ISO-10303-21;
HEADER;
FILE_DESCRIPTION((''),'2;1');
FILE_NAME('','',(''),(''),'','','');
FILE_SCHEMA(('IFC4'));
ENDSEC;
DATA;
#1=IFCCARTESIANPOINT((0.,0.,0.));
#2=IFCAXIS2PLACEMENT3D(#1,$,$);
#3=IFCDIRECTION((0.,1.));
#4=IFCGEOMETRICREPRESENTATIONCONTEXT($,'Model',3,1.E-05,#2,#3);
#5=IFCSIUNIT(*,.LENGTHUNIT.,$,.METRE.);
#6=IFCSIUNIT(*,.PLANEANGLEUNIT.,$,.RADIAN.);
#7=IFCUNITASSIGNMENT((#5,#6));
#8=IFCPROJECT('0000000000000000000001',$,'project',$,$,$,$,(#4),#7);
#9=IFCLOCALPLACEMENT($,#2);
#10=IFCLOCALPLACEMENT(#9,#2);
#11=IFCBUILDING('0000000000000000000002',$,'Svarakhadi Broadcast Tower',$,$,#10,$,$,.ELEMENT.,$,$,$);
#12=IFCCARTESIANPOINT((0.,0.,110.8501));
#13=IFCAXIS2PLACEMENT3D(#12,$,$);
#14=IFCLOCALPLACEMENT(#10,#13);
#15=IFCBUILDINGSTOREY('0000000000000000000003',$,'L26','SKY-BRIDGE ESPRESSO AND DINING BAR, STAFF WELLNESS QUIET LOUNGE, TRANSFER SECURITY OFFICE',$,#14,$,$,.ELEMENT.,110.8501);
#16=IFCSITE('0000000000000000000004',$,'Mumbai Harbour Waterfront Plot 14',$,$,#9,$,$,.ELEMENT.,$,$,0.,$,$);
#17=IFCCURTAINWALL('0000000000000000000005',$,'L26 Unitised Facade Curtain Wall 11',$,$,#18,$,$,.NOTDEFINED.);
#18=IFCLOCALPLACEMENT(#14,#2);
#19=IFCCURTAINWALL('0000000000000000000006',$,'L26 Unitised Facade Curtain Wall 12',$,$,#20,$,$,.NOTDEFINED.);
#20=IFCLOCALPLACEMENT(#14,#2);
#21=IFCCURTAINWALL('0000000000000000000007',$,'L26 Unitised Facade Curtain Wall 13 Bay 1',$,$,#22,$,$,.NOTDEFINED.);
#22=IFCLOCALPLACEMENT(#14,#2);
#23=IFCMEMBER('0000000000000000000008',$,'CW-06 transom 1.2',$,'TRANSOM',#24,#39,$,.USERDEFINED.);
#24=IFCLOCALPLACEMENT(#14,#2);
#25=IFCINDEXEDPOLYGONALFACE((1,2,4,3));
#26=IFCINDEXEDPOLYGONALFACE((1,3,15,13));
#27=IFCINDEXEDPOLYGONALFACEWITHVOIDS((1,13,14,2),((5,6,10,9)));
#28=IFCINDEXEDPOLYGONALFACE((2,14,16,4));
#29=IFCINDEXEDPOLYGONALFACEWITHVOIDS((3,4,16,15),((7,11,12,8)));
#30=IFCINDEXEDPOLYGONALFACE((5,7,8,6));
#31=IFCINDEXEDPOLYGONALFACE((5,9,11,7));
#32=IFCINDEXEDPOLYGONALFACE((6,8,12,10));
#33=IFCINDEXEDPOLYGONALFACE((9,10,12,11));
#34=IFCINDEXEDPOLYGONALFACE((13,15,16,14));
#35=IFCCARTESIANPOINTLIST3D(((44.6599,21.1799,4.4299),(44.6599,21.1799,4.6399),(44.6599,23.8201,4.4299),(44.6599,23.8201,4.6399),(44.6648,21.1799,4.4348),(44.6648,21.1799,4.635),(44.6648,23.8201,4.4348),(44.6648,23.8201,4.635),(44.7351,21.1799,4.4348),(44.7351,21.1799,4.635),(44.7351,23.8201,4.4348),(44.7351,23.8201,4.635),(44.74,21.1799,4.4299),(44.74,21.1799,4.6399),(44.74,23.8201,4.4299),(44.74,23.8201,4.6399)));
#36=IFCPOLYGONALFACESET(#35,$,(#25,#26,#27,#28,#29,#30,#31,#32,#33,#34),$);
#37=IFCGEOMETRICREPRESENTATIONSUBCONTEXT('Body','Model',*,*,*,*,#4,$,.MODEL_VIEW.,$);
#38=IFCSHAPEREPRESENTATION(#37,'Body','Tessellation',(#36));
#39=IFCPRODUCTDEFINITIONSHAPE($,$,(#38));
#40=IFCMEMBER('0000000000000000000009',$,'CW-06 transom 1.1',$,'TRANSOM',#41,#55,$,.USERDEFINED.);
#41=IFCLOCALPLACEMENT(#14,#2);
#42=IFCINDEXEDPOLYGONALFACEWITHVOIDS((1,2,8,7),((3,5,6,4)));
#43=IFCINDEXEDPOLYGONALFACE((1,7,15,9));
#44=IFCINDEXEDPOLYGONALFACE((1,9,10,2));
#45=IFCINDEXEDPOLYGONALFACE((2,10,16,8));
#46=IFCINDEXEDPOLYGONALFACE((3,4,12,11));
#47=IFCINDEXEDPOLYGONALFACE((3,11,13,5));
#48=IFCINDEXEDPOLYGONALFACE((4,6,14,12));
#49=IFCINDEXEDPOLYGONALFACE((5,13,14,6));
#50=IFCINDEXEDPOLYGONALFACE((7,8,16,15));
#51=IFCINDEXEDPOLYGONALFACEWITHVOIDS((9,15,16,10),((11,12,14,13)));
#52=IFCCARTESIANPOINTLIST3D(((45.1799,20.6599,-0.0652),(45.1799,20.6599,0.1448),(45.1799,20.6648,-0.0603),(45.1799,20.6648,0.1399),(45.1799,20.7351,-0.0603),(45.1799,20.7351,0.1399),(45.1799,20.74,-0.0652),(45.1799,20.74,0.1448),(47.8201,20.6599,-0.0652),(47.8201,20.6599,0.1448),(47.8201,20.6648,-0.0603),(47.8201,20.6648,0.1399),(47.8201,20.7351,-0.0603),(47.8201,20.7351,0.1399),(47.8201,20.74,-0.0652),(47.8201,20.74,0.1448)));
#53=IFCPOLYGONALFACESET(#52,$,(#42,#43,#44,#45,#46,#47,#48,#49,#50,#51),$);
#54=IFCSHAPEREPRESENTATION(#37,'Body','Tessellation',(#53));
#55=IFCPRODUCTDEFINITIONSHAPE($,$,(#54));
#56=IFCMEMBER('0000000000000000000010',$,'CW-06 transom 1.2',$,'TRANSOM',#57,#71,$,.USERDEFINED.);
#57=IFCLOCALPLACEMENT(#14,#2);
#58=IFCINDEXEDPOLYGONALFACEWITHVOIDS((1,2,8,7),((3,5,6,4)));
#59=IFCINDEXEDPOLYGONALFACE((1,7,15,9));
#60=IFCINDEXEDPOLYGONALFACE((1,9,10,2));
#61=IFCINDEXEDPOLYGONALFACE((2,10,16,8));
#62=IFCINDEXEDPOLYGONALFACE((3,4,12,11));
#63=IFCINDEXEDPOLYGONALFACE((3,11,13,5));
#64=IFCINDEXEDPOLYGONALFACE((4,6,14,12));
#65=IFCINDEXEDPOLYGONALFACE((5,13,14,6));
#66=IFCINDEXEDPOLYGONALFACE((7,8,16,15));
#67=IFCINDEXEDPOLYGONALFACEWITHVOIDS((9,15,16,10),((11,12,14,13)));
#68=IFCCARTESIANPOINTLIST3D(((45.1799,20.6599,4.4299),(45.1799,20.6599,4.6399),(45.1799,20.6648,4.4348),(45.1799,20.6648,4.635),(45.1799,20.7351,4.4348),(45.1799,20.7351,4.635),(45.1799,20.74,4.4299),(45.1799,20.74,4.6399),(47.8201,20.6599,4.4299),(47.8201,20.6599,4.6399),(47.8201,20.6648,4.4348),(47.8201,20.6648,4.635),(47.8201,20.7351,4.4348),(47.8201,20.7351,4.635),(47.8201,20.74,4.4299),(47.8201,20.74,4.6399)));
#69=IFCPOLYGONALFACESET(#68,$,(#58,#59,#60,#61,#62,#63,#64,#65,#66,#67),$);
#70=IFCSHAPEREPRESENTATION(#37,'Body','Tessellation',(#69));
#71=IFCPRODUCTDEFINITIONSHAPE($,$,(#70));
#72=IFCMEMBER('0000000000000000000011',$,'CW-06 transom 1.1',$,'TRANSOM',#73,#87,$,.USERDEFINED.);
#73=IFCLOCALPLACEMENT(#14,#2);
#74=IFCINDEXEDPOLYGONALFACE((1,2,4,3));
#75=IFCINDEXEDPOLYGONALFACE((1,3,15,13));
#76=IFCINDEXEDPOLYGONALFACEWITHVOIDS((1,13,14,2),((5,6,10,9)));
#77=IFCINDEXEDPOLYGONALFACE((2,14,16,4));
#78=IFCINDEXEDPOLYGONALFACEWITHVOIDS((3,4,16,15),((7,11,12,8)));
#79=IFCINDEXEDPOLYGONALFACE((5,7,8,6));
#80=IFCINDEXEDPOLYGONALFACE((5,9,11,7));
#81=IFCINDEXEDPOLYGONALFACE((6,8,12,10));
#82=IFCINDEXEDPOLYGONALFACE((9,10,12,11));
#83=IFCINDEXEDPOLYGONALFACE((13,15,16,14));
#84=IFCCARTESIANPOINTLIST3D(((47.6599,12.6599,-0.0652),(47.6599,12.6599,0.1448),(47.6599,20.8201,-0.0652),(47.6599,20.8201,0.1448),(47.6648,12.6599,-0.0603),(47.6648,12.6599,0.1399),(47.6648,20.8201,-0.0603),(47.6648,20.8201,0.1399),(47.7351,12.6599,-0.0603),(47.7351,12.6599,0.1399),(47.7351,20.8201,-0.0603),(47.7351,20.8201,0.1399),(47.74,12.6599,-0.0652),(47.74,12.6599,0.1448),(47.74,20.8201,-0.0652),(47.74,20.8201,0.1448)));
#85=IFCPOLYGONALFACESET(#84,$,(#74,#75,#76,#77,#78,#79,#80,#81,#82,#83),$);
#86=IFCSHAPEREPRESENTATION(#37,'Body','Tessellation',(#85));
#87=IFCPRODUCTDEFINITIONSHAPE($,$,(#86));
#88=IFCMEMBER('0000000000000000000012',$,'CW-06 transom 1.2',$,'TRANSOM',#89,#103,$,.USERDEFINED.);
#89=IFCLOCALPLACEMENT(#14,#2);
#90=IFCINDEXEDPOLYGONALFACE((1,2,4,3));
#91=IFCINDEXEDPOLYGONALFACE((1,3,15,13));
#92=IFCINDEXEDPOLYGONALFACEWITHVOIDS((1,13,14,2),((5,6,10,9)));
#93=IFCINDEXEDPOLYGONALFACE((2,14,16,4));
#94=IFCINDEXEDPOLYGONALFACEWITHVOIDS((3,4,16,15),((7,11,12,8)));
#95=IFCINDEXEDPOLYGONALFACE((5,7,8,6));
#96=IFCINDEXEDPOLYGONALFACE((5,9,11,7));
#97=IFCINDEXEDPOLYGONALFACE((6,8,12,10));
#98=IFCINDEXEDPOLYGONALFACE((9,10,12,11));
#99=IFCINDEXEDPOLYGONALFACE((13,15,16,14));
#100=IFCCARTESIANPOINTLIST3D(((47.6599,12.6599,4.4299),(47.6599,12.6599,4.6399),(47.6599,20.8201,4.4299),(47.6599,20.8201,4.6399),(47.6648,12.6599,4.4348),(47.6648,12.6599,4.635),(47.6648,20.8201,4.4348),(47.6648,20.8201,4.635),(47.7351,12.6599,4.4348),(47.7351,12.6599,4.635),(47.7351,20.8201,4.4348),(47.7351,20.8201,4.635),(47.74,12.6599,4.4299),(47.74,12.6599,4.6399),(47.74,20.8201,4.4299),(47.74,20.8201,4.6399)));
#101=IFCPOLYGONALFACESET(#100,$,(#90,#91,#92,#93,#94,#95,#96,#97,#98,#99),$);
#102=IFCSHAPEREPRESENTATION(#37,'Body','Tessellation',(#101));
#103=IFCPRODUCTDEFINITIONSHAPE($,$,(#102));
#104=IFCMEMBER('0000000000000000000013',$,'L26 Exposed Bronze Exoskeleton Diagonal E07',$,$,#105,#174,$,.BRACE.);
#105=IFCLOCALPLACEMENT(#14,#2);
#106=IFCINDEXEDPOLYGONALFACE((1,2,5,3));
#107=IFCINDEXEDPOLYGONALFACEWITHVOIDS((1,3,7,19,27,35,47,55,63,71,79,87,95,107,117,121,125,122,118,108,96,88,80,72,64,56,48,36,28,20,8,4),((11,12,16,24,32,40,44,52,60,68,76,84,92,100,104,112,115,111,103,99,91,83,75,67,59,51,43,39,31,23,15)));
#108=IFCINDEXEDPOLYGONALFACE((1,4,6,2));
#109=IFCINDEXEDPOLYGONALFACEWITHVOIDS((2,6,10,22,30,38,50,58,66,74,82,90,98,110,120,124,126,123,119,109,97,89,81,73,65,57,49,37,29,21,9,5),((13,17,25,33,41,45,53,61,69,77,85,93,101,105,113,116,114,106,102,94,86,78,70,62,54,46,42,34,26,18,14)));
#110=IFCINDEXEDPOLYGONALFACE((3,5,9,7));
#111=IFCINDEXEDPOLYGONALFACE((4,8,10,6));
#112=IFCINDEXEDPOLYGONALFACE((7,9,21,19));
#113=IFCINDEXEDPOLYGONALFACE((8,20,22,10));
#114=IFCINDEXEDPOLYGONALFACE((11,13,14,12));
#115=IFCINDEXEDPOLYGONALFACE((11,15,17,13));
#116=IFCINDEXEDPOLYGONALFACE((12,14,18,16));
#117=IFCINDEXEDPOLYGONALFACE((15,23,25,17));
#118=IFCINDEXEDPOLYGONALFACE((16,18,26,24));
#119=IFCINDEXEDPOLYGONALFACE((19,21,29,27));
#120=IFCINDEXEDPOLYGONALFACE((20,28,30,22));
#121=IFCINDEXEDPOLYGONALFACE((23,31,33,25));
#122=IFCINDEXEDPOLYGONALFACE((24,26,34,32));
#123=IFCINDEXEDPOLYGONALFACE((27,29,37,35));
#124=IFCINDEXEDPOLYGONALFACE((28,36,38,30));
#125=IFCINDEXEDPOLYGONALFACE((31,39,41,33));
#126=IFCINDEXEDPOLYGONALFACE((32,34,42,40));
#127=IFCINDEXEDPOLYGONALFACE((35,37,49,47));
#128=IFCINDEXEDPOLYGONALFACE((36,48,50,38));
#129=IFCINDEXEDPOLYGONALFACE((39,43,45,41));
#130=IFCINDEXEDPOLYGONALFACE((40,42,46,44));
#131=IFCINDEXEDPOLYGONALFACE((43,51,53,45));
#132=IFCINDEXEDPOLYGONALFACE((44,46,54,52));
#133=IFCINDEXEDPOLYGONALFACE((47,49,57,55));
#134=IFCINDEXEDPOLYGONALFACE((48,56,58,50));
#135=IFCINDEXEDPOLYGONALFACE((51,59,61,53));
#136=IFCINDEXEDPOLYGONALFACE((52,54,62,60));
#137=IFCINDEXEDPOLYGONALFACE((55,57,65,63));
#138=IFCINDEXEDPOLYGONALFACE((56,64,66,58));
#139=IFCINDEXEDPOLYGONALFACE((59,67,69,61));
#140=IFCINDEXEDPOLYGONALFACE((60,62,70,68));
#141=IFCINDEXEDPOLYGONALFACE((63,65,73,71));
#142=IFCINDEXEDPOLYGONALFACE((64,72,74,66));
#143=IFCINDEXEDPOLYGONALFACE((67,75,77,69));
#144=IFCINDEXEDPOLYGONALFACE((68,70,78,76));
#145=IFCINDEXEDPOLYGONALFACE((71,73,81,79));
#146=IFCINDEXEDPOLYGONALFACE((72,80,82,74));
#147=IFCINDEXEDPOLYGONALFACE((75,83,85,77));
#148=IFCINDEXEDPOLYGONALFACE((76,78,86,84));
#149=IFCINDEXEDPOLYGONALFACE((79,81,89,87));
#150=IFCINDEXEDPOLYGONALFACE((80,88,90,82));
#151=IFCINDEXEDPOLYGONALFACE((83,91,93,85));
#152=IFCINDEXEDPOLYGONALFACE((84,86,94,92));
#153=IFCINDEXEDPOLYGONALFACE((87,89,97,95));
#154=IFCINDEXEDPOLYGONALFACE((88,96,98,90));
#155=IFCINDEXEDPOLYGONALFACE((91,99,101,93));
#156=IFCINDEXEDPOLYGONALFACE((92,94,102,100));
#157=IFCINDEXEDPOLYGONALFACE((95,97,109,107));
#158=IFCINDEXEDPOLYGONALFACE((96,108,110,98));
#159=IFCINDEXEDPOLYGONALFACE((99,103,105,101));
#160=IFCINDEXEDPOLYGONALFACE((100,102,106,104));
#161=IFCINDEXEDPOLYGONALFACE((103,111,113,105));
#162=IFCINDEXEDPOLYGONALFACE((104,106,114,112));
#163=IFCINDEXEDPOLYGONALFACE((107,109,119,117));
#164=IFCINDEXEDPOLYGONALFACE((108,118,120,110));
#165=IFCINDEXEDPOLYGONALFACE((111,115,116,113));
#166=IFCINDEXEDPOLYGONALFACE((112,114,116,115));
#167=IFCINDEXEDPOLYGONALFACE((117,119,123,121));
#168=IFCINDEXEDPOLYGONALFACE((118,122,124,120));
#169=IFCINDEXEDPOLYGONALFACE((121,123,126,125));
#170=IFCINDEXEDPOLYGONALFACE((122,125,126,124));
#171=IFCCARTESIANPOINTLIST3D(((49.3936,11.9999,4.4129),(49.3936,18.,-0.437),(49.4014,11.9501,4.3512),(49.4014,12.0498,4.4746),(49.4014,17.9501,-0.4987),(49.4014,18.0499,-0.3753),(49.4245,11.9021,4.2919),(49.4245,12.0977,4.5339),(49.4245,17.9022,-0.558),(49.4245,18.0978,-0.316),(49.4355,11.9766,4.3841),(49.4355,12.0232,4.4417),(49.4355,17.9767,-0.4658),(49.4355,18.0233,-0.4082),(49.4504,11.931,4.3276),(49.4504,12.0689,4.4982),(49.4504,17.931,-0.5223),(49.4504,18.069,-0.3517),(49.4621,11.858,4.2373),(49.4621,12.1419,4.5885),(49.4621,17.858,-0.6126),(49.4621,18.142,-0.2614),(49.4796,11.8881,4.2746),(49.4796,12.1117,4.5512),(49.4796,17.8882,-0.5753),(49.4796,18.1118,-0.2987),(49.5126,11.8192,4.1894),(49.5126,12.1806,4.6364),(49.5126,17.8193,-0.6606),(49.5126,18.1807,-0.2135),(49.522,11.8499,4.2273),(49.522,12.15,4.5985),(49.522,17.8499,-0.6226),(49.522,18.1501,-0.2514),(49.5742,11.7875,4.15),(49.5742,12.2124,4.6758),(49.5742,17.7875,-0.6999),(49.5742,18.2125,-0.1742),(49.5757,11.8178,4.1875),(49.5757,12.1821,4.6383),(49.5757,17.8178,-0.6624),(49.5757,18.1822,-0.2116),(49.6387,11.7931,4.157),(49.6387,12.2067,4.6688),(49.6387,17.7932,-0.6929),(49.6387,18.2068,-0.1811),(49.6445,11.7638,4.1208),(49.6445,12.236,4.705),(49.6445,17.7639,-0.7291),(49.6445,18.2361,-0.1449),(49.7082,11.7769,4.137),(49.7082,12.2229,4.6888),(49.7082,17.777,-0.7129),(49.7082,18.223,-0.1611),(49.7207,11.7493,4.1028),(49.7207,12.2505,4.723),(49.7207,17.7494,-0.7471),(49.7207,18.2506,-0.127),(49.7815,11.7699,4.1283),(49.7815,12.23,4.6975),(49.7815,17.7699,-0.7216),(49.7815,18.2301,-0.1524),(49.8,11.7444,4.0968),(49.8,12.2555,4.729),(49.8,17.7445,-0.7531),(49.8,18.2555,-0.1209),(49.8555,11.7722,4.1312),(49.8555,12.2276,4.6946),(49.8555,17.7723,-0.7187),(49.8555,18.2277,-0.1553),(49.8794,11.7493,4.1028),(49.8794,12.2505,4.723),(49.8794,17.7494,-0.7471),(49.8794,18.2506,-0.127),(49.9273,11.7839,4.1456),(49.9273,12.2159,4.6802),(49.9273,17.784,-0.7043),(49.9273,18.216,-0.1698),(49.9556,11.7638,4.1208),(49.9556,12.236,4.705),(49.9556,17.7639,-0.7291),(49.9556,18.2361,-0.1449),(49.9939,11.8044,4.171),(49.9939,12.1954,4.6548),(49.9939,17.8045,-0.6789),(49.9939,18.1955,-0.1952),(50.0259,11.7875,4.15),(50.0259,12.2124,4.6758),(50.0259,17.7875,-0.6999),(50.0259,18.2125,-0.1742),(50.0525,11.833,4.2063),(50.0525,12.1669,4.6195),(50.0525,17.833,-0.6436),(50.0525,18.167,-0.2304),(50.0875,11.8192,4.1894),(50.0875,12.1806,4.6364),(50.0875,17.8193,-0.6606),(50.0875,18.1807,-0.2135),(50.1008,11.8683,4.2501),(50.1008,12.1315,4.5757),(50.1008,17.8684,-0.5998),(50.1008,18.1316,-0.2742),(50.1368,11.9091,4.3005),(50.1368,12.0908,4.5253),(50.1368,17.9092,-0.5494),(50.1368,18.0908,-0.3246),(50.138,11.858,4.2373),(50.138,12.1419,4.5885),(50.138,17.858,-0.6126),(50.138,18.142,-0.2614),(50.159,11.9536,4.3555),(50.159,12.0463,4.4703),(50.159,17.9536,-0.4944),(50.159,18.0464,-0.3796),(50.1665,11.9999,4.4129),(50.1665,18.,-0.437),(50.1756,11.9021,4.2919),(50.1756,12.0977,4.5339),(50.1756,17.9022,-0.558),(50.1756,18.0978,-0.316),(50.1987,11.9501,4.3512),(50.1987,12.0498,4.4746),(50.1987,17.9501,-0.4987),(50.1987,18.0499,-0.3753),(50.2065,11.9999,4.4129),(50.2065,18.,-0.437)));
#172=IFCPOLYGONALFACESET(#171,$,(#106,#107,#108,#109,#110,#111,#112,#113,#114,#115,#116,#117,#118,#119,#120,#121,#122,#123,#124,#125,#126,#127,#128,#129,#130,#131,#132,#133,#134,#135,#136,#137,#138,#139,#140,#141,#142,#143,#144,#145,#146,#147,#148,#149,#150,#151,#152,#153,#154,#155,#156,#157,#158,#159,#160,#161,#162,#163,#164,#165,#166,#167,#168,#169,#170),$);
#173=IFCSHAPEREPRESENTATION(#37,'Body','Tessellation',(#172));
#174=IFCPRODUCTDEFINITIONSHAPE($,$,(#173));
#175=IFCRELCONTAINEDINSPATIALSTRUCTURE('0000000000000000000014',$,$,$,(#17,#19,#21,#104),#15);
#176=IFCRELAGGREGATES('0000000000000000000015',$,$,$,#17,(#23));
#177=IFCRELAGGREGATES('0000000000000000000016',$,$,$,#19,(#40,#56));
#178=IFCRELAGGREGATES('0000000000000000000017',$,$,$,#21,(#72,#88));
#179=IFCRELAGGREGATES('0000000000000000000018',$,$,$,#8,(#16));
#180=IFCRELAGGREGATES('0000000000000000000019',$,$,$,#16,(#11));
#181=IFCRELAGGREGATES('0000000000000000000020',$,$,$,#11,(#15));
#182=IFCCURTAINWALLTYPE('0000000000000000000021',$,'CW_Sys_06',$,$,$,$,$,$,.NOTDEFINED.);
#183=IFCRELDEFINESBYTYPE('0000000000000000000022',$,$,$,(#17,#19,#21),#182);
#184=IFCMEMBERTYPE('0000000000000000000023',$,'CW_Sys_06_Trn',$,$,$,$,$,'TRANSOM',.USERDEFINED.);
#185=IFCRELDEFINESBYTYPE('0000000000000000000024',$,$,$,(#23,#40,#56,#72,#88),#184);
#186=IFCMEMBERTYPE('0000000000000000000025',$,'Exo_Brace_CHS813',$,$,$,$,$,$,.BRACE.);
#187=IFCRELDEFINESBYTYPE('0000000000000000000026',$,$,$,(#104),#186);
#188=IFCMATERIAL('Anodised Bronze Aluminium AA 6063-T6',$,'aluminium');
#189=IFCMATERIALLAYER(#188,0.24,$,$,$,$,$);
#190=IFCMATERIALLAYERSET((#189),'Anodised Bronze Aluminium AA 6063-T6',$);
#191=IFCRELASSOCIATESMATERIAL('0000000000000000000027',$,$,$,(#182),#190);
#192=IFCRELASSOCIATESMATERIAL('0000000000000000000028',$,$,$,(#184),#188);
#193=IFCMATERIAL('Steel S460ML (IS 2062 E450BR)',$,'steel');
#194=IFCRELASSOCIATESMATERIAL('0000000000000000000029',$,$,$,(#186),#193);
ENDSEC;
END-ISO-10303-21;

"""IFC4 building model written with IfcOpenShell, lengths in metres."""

from ifc_helpers import new_model, si_unit, direction, frame, origin, origin_2d, place, context, subcontext, project, spatial, hollow_rectangle, hollow_circle, extrude, material, layer, layer_set, material_profile, profile_set, type_object, element, aggregate, save


model = new_model("IFC4")

# Units and contexts
model_context = context("Model", 3, precision=1e-05, world=origin(), true_north=direction((0.0, 1.0)))
body_context = subcontext(model_context, "Body", "Model", "MODEL_VIEW")
ifc_project = project(units=[si_unit("LENGTHUNIT", "METRE"), si_unit("PLANEANGLEUNIT", "RADIAN")], contexts=[model_context])

# Site, building, storey
site_placement = place(None, origin())
site = spatial("IfcSite", under=ifc_project, at=site_placement, Name="Mumbai Harbour Waterfront Plot 14", CompositionType="ELEMENT", RefElevation=0.0)
building_placement = place(site_placement, origin())
building = spatial("IfcBuilding", under=site, at=building_placement, Name="Svarakhadi Broadcast Tower", CompositionType="ELEMENT")
storey_placement = place(building_placement, frame((0.0, 0.0, 110.8501)))
storey = spatial("IfcBuildingStorey", under=building, at=storey_placement, Name="L26", Description="SKY-BRIDGE ESPRESSO AND DINING BAR, STAFF WELLNESS QUIET LOUNGE, TRANSFER SECURITY OFFICE", CompositionType="ELEMENT", Elevation=110.8501)

# Shared definitions
ifc_material_1 = material(Name="Steel S460ML (IS 2062 E450BR)", Category="steel")

# Shared definitions
ifc_material_2 = material(Name="Anodised Bronze Aluminium AA 6063-T6", Category="aluminium")
ifc_layer_1 = layer(ifc_material_2, 0.24)
ifc_layer_set_1 = layer_set([ifc_layer_1], Name="Anodised Bronze Aluminium AA 6063-T6")
curtain_wall_type = type_object("IfcCurtainWallType", Name="CW_Sys_06", PredefinedType="NOTDEFINED", material=ifc_layer_set_1)

# Curtain walls
curtain_wall_1_placement = place(storey_placement, origin())
curtain_wall_1 = element("IfcCurtainWall", 1, at=curtain_wall_1_placement, inside=storey, type_object=curtain_wall_type, Name="L26 Unitised Facade Curtain Wall 11", PredefinedType="NOTDEFINED")
curtain_wall_2_placement = place(storey_placement, origin())
curtain_wall_2 = element("IfcCurtainWall", 2, at=curtain_wall_2_placement, inside=storey, type_object=curtain_wall_type, Name="L26 Unitised Facade Curtain Wall 12", PredefinedType="NOTDEFINED")
curtain_wall_3_placement = place(storey_placement, origin())
curtain_wall_3 = element("IfcCurtainWall", 3, at=curtain_wall_3_placement, inside=storey, type_object=curtain_wall_type, Name="L26 Unitised Facade Curtain Wall 13 Bay 1", PredefinedType="NOTDEFINED")

# Members
ifc_material_profile_1 = material_profile(ifc_material_2, hollow_rectangle(XDim=0.0801, YDim=0.21, WallThickness=0.0049, at=origin_2d()), Name="ALU TRANSOM 210x80x5")
ifc_profile_set_1 = profile_set([ifc_material_profile_1], Name="Anodised Bronze Aluminium AA 6063-T6")
member_type_1 = type_object("IfcMemberType", Name="CW_Sys_06_Trn", ElementType="TRANSOM", PredefinedType="USERDEFINED", material=ifc_profile_set_1)
member_1_placement = place(storey_placement, frame((44.7, 23.8201, 4.5349), z_axis=(0.0, -1.0, 0.0), x_axis=(1.0, 0.0, 0.0)))
member_1 = element("IfcMember", 4, at=member_1_placement, type_object=member_type_1, Name="CW-06 transom 1.2", ObjectType="TRANSOM", PredefinedType="USERDEFINED", context=body_context, shape_type="SweptSolid", body=[
    extrude(hollow_rectangle(XDim=0.0801, YDim=0.21, WallThickness=0.0049, at=origin_2d()), origin(), (0.0, 0.0, 1.0), 2.6401),
])
member_2_placement = place(storey_placement, frame((45.1799, 20.7, 0.0398), z_axis=(1.0, 0.0, 0.0), x_axis=(0.0, 1.0, 0.0)))
member_2 = element("IfcMember", 5, at=member_2_placement, type_object=member_type_1, Name="CW-06 transom 1.1", ObjectType="TRANSOM", PredefinedType="USERDEFINED", context=body_context, shape_type="SweptSolid", body=[
    extrude(hollow_rectangle(XDim=0.0801, YDim=0.21, WallThickness=0.0049, at=origin_2d()), origin(), (0.0, 0.0, 1.0), 2.6401),
])
member_3_placement = place(storey_placement, frame((45.1799, 20.7, 4.5349), z_axis=(1.0, 0.0, 0.0), x_axis=(0.0, 1.0, 0.0)))
member_3 = element("IfcMember", 6, at=member_3_placement, type_object=member_type_1, Name="CW-06 transom 1.2", ObjectType="TRANSOM", PredefinedType="USERDEFINED", context=body_context, shape_type="SweptSolid", body=[
    extrude(hollow_rectangle(XDim=0.0801, YDim=0.21, WallThickness=0.0049, at=origin_2d()), origin(), (0.0, 0.0, 1.0), 2.6401),
])
member_4_placement = place(storey_placement, frame((47.7, 20.8201, 0.0398), z_axis=(0.0, -1.0, 0.0), x_axis=(1.0, 0.0, 0.0)))
member_4 = element("IfcMember", 7, at=member_4_placement, type_object=member_type_1, Name="CW-06 transom 1.1", ObjectType="TRANSOM", PredefinedType="USERDEFINED", context=body_context, shape_type="SweptSolid", body=[
    extrude(hollow_rectangle(XDim=0.0801, YDim=0.21, WallThickness=0.0049, at=origin_2d()), origin(), (0.0, 0.0, 1.0), 8.1602),
])
member_5_placement = place(storey_placement, frame((47.7, 20.8201, 4.5349), z_axis=(0.0, -1.0, 0.0), x_axis=(1.0, 0.0, 0.0)))
member_5 = element("IfcMember", 8, at=member_5_placement, type_object=member_type_1, Name="CW-06 transom 1.2", ObjectType="TRANSOM", PredefinedType="USERDEFINED", context=body_context, shape_type="SweptSolid", body=[
    extrude(hollow_rectangle(XDim=0.0801, YDim=0.21, WallThickness=0.0049, at=origin_2d()), origin(), (0.0, 0.0, 1.0), 8.1602),
])

# Member
ifc_material_profile_2 = material_profile(ifc_material_1, hollow_circle(Radius=0.4065, WallThickness=0.04, at=origin_2d()), Name="CHS 813x40")
ifc_profile_set_2 = profile_set([ifc_material_profile_2], Name="Steel S460ML (IS 2062 E450BR)")
member_type_2 = type_object("IfcMemberType", Name="Exo_Brace_CHS813", PredefinedType="BRACE", material=ifc_profile_set_2)
member_6_placement = place(storey_placement, frame((49.8, 18.0, -0.437), z_axis=(0.0, -0.777707, 0.628627), x_axis=(1.0, 0.0, 0.0)))
element("IfcMember", 9, at=member_6_placement, inside=storey, type_object=member_type_2, Name="L26 Exposed Bronze Exoskeleton Diagonal E07", PredefinedType="BRACE", context=body_context, shape_type="SweptSolid", body=[
    extrude(hollow_circle(Radius=0.4065, WallThickness=0.04, at=origin_2d()), origin(), (0.0, 0.0, 1.0), 7.7151),
])

aggregate(curtain_wall_1, [member_1])
aggregate(curtain_wall_2, [member_2, member_3])
aggregate(curtain_wall_3, [member_4, member_5])

save(model, "model.ifc")
